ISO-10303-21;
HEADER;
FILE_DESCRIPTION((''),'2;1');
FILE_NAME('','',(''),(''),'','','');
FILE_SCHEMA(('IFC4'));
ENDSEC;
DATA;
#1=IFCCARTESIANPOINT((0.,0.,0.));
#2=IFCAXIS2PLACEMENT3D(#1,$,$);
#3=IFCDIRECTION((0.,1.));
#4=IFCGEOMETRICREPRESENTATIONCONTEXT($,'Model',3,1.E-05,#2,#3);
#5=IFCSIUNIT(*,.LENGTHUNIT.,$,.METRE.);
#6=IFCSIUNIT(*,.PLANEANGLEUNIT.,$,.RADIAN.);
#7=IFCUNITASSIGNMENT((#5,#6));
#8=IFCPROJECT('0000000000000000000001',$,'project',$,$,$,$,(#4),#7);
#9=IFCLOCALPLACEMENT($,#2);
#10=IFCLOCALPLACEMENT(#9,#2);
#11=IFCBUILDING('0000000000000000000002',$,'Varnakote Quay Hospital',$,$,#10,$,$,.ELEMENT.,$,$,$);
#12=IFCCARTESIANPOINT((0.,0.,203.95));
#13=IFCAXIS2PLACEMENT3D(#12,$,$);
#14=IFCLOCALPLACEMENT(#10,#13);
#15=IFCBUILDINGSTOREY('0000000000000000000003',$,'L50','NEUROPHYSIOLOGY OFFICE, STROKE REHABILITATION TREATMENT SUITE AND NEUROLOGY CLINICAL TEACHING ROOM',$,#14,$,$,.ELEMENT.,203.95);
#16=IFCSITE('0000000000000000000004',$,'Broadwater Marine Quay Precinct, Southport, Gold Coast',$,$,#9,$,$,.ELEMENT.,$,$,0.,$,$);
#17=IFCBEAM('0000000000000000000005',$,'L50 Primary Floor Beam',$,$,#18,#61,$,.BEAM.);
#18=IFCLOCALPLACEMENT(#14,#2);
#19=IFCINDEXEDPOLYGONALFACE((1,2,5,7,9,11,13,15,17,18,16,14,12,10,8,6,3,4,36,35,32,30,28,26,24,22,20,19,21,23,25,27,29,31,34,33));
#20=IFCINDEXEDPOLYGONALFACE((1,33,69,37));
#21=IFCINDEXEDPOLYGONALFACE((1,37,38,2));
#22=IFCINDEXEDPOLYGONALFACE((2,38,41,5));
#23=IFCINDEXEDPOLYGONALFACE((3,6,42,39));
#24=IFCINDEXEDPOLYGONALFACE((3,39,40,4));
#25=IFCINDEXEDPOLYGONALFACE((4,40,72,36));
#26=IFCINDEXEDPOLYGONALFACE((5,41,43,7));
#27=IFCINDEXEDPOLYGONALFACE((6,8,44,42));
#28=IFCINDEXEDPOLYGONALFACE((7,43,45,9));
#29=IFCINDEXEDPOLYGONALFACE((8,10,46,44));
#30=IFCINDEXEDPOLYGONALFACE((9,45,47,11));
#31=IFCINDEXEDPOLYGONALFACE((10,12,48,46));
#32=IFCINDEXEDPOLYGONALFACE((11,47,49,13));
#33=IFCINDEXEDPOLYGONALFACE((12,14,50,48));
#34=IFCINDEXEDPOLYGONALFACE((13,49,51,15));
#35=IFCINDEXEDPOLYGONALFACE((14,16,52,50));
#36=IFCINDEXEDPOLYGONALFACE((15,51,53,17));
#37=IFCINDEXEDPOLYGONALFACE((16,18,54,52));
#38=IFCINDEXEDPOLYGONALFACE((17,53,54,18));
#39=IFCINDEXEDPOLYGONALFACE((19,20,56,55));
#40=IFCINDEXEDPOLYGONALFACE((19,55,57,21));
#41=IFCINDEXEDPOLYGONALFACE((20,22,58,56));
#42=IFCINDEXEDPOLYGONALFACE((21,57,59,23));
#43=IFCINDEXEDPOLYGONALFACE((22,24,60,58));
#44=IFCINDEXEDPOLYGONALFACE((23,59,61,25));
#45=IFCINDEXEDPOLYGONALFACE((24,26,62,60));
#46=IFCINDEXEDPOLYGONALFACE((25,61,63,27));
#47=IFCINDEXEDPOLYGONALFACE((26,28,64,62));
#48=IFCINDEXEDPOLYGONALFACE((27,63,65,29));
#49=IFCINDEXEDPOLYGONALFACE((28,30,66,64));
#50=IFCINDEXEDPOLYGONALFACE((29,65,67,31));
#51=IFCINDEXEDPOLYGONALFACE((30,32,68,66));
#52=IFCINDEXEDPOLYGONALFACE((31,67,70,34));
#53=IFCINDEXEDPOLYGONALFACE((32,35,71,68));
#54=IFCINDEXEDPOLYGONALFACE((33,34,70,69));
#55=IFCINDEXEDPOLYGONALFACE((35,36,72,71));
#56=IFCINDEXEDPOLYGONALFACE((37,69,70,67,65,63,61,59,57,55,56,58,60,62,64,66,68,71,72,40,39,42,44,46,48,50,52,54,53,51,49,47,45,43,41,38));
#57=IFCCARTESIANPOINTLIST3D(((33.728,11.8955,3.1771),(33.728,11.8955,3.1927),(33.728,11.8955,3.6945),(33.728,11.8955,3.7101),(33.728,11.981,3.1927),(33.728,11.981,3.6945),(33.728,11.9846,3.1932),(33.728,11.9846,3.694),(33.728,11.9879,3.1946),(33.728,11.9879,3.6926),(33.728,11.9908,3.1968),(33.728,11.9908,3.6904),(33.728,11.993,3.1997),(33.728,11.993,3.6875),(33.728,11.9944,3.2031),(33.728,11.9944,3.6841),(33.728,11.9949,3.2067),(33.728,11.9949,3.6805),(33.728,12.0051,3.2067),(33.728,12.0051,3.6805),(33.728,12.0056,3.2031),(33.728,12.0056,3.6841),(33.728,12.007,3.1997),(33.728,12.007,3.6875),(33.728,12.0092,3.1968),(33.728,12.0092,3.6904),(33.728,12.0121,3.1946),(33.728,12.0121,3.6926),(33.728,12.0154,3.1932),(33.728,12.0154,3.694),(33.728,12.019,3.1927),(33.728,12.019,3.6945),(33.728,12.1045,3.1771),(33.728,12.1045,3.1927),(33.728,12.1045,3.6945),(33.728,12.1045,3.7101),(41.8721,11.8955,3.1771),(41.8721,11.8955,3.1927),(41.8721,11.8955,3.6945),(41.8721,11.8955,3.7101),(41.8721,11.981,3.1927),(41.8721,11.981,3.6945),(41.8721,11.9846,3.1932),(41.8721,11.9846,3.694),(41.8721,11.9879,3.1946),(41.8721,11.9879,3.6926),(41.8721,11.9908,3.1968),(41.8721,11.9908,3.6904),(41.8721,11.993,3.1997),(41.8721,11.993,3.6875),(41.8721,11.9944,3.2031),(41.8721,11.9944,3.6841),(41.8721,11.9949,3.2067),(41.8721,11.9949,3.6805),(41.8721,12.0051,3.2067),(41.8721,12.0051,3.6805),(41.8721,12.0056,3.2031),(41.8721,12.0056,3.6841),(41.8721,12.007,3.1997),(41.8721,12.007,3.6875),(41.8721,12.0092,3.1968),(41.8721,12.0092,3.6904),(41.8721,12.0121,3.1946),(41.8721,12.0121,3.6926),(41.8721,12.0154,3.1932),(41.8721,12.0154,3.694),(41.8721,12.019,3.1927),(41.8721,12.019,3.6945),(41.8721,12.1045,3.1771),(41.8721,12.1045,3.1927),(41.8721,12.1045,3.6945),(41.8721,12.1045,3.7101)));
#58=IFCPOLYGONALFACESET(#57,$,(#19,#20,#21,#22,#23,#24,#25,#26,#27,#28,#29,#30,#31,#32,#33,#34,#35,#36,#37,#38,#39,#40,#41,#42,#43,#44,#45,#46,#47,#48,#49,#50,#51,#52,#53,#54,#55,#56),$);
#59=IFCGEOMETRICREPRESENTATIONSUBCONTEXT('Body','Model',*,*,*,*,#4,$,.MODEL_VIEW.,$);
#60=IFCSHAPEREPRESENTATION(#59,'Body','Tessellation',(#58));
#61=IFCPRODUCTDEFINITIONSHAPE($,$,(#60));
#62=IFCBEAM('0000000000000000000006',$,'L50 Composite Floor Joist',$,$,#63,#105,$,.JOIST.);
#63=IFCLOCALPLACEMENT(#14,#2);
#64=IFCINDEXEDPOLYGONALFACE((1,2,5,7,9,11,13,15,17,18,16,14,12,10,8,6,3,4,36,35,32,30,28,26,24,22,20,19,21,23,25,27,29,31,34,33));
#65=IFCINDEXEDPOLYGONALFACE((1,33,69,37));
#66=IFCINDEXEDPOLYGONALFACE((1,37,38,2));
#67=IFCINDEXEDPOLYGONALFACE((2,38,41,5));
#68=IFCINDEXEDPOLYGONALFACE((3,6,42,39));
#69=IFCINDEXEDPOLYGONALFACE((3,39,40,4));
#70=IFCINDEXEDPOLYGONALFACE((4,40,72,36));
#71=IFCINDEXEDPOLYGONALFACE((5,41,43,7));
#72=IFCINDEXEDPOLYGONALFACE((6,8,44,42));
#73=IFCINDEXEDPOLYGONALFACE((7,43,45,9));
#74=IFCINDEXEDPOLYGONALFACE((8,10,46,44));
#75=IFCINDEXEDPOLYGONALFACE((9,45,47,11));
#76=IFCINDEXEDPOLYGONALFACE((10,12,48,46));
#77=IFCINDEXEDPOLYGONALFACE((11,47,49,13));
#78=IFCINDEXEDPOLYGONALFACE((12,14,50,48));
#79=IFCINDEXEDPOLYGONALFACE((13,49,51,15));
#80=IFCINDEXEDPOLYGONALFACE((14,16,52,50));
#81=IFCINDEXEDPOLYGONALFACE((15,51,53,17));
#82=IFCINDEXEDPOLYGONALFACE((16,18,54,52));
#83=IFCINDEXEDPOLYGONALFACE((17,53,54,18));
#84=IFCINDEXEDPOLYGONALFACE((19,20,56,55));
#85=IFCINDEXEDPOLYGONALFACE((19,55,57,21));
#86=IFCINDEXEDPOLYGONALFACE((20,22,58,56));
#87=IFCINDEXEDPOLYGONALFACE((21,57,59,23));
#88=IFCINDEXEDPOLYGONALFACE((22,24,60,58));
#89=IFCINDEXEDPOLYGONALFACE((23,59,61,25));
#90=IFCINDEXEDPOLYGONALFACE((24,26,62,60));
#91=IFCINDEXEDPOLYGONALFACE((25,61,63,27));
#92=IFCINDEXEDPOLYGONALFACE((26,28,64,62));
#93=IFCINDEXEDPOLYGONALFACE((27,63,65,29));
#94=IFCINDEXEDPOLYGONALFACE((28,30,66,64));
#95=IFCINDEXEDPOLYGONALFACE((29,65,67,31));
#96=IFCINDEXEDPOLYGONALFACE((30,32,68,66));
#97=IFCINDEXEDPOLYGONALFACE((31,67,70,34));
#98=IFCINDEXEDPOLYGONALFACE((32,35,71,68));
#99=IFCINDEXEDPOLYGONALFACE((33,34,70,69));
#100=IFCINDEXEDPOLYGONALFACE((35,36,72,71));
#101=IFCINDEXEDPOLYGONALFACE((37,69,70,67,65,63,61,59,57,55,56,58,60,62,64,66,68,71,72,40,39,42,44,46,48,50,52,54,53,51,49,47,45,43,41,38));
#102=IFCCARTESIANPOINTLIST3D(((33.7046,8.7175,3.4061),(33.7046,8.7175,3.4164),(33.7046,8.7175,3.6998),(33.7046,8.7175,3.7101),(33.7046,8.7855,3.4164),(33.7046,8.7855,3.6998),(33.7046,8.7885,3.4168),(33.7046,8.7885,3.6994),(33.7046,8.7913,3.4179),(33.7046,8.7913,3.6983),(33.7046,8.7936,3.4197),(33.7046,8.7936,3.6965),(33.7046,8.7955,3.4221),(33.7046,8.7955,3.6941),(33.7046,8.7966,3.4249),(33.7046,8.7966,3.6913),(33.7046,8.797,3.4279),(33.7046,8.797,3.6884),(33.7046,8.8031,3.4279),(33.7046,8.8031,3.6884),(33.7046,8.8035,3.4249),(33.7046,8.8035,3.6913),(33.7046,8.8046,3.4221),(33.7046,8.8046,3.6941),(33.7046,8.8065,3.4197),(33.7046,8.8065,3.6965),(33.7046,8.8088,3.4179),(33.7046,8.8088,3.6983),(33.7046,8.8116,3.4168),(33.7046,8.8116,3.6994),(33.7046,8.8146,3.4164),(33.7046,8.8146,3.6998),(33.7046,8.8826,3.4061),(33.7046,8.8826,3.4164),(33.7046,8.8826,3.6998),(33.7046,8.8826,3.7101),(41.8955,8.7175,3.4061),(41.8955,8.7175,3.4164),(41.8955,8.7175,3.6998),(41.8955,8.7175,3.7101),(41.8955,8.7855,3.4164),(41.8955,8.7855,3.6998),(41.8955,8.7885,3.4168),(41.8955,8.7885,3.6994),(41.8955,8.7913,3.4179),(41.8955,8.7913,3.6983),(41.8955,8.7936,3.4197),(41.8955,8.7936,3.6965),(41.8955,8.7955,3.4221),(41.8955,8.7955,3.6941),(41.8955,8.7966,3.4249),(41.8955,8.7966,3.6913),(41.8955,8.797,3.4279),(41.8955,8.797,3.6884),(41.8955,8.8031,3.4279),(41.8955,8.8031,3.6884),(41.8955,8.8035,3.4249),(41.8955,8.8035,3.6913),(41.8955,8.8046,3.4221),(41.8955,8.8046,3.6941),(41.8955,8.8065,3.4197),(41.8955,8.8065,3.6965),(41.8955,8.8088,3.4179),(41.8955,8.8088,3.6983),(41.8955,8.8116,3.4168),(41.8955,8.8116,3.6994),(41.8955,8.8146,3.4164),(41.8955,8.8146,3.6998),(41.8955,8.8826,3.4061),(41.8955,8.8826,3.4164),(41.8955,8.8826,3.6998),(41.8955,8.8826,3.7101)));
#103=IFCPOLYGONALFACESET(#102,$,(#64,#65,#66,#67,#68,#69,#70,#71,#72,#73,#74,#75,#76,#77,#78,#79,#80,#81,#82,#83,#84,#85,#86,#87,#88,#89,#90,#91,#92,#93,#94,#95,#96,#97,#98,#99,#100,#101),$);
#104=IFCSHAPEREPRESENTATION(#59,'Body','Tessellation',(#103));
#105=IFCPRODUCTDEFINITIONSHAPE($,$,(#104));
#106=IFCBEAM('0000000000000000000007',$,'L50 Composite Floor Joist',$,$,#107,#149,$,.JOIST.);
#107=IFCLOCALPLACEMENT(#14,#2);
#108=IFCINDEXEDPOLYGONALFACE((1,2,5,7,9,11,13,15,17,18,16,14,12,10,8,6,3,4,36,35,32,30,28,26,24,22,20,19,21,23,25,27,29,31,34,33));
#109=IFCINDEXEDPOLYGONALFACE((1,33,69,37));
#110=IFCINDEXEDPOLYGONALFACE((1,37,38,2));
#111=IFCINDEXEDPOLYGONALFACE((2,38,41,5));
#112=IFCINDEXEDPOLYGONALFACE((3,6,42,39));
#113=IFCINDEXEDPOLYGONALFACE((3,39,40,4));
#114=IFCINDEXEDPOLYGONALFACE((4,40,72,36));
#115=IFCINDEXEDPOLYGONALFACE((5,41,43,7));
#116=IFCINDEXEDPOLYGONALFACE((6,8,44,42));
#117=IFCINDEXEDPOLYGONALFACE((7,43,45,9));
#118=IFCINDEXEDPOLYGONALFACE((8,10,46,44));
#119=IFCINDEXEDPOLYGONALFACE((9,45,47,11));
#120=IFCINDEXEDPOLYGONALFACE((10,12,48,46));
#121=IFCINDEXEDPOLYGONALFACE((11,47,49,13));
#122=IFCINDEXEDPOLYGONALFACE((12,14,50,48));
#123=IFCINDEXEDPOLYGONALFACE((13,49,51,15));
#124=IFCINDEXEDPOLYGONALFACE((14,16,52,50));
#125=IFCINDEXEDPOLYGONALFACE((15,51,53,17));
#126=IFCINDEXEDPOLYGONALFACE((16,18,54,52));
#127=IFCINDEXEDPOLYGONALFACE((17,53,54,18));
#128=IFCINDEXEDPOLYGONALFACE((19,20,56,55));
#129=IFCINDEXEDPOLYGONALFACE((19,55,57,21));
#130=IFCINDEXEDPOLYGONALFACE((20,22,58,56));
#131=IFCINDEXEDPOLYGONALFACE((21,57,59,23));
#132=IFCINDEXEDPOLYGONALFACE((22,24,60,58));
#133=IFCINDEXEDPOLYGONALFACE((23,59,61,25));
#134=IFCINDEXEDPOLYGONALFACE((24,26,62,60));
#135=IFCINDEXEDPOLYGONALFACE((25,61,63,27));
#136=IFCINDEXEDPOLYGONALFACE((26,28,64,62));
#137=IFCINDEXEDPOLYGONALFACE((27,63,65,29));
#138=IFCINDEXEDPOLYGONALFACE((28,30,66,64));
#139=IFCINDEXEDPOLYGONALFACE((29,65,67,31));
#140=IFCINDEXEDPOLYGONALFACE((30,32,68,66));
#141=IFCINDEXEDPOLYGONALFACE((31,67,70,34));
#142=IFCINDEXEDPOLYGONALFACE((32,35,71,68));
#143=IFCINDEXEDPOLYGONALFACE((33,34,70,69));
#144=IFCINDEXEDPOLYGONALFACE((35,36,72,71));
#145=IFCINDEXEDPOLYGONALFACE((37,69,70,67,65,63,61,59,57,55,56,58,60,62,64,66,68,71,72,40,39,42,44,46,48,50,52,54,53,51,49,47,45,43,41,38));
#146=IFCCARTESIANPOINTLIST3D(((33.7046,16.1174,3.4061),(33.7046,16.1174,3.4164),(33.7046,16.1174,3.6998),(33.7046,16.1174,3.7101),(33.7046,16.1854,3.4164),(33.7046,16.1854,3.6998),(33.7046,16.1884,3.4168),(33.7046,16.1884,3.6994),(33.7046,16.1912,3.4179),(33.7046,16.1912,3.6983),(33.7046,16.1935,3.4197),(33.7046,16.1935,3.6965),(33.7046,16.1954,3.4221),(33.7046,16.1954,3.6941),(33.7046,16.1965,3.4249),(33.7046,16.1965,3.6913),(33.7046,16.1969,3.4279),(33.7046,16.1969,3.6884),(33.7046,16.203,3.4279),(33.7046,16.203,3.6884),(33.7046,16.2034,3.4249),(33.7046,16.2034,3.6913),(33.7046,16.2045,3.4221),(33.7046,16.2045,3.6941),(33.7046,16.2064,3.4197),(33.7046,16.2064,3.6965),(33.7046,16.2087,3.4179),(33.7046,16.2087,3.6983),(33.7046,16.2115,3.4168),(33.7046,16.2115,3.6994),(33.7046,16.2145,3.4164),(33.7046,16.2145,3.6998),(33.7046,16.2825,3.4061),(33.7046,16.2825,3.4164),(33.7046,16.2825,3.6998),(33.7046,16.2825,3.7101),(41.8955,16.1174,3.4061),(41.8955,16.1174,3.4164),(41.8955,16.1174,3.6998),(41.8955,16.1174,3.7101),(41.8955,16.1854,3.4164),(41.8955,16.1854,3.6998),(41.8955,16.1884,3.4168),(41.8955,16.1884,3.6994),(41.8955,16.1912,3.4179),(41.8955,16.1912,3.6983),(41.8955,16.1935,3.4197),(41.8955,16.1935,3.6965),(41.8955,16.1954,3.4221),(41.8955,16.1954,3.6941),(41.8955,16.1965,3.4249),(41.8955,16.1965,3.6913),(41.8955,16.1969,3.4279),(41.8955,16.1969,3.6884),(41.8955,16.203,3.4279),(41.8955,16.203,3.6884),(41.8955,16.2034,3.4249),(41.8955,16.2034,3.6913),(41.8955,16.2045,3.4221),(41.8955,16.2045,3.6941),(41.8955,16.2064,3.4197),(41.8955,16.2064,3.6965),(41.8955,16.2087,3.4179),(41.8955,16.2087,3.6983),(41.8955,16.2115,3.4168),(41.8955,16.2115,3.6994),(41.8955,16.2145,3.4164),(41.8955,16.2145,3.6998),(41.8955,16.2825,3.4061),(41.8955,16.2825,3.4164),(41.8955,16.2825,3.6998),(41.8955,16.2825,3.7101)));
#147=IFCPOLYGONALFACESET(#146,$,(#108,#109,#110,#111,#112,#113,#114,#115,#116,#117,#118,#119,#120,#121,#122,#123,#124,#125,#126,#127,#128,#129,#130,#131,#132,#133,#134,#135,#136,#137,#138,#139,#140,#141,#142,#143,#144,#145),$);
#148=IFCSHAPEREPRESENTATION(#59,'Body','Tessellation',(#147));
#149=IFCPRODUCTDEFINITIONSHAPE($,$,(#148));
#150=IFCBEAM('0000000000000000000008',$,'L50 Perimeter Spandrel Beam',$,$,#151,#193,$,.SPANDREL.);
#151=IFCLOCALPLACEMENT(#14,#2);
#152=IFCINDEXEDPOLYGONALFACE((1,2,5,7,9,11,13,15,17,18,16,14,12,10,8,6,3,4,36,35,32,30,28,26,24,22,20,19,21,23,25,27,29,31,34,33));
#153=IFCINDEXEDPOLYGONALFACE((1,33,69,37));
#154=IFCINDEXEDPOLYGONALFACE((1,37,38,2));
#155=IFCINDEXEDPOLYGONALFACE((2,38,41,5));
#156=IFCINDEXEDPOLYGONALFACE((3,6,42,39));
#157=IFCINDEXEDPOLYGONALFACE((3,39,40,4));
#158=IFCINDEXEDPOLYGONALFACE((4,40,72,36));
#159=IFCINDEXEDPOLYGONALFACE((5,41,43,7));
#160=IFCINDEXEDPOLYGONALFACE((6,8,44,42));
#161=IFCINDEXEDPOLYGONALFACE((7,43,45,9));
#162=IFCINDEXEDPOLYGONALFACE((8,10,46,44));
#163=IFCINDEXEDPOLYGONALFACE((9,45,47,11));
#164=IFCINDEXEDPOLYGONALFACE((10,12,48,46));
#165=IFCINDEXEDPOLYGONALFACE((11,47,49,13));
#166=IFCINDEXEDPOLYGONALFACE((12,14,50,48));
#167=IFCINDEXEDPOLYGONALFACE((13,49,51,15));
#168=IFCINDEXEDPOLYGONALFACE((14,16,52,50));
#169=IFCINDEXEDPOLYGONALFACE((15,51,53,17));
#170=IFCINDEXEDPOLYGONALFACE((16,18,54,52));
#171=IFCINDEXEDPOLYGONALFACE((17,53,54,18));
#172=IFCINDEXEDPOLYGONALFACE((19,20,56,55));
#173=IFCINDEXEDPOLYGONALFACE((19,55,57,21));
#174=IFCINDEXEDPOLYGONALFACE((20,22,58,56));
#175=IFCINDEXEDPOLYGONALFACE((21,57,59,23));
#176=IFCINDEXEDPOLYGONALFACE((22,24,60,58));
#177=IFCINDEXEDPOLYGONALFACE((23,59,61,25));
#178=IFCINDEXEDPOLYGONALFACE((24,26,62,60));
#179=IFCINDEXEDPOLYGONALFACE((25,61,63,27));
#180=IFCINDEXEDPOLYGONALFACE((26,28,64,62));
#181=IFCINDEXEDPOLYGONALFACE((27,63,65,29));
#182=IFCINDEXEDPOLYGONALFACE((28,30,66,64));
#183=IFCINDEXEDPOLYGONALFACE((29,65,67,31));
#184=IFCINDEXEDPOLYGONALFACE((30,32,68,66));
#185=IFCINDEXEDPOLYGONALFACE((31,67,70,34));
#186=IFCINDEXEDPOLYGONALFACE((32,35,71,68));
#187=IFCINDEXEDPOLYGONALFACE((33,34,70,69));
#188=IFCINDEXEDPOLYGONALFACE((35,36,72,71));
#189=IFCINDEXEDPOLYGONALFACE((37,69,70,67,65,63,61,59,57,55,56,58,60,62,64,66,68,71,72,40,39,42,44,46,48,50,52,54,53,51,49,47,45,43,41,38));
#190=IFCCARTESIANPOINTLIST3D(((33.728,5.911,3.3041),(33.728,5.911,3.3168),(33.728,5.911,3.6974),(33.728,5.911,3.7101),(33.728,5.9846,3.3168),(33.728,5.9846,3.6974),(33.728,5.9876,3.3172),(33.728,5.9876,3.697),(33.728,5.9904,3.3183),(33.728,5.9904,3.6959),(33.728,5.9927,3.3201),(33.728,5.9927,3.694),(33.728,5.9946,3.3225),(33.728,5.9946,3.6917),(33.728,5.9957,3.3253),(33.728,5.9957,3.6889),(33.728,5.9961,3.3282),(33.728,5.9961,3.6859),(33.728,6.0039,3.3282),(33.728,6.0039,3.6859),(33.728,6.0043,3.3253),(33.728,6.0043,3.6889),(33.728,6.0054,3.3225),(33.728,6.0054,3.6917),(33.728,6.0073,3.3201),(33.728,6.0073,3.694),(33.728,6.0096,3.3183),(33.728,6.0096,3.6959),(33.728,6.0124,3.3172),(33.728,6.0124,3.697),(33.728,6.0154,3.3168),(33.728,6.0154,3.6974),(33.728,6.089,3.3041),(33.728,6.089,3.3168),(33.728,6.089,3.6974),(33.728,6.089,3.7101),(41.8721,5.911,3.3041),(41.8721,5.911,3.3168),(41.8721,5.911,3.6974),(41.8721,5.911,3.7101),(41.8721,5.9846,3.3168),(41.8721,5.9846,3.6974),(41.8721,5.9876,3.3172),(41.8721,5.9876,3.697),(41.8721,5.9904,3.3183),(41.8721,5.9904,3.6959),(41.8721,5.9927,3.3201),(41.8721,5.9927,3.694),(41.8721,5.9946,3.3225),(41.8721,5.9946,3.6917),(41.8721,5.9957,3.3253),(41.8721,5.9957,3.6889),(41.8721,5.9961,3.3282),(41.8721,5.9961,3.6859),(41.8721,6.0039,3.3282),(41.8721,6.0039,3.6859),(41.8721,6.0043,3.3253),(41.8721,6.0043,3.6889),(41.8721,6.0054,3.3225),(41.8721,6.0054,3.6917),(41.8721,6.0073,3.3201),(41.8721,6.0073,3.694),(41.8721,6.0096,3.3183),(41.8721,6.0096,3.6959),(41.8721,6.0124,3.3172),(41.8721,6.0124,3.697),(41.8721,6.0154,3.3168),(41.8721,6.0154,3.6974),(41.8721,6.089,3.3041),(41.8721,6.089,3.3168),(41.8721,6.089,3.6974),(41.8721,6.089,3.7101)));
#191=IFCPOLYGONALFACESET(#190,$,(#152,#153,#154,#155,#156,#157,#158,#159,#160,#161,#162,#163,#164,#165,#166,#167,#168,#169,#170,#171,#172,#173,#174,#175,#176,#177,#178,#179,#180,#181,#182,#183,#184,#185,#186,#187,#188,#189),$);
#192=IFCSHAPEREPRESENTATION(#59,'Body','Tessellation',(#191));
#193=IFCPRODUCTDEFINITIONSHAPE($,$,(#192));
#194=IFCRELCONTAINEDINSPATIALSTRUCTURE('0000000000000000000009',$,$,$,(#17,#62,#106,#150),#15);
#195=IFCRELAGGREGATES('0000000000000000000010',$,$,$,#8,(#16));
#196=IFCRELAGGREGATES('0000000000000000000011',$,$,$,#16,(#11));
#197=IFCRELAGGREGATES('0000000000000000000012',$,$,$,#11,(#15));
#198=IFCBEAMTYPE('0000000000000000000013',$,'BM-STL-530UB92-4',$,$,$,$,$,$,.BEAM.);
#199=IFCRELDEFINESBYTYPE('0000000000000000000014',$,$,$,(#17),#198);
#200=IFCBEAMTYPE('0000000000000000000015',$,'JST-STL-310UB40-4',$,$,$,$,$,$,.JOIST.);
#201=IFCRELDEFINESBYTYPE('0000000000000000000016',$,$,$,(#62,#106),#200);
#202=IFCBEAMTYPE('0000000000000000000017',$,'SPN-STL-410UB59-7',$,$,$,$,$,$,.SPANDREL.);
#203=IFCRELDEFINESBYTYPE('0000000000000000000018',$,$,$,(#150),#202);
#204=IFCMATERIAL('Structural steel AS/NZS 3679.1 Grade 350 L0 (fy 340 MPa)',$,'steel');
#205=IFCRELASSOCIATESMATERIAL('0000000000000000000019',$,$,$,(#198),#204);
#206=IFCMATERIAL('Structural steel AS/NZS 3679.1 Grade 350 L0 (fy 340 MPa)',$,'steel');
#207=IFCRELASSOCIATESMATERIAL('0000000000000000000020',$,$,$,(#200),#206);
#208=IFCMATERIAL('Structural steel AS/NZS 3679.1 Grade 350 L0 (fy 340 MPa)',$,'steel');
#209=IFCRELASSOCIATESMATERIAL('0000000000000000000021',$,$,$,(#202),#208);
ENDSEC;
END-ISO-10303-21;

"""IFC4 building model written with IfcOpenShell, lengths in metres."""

from ifc_helpers import new_model, si_unit, direction, frame, origin, origin_2d, place, context, subcontext, project, spatial, i_section, extrude, material, material_profile, profile_set, type_object, element, save


model = new_model("IFC4")

# Units and contexts
model_context = context("Model", 3, precision=1e-05, world=origin(), true_north=direction((0.0, 1.0)))
body_context = subcontext(model_context, "Body", "Model", "MODEL_VIEW")
ifc_project = project(units=[si_unit("LENGTHUNIT", "METRE"), si_unit("PLANEANGLEUNIT", "RADIAN")], contexts=[model_context])

# Site, building, storey
site_placement = place(None, origin())
site = spatial("IfcSite", under=ifc_project, at=site_placement, Name="Broadwater Marine Quay Precinct, Southport, Gold Coast", CompositionType="ELEMENT", RefElevation=0.0)
building_placement = place(site_placement, origin())
building = spatial("IfcBuilding", under=site, at=building_placement, Name="Varnakote Quay Hospital", CompositionType="ELEMENT")
storey_placement = place(building_placement, frame((0.0, 0.0, 203.95)))
storey = spatial("IfcBuildingStorey", under=building, at=storey_placement, Name="L50", Description="NEUROPHYSIOLOGY OFFICE, STROKE REHABILITATION TREATMENT SUITE AND NEUROLOGY CLINICAL TEACHING ROOM", CompositionType="ELEMENT", Elevation=203.95)

# Beams
ifc_material_1 = material(Name="Structural steel AS/NZS 3679.1 Grade 350 L0 (fy 340 MPa)", Category="steel")
ifc_material_profile_1 = material_profile(ifc_material_1, i_section(OverallWidth=0.209, OverallDepth=0.533, WebThickness=0.0103, FlangeThickness=0.0156, FilletRadius=0.0139, at=origin_2d()), Name="530UB92.4")
ifc_profile_set_1 = profile_set([ifc_material_profile_1], Name="Structural steel AS/NZS 3679.1 Grade 350 L0 (fy 340 MPa)")
beam_type_1 = type_object("IfcBeamType", Name="BM-STL-530UB92-4", PredefinedType="BEAM", material=ifc_profile_set_1)
beam_1_placement = place(storey_placement, frame((33.728, 12.0, 3.4436), z_axis=(1.0, 0.0, 0.0), x_axis=(0.0, 1.0, 0.0)))
element("IfcBeam", 1, at=beam_1_placement, inside=storey, type_object=beam_type_1, Name="L50 Primary Floor Beam", PredefinedType="BEAM", context=body_context, shape_type="SweptSolid", body=[
    extrude(i_section(OverallWidth=0.209, OverallDepth=0.533, WebThickness=0.0103, FlangeThickness=0.0156, FilletRadius=0.0139, at=origin_2d()), origin(), (0.0, 0.0, 1.0), 8.144),
])
ifc_material_2 = material(Name="Structural steel AS/NZS 3679.1 Grade 350 L0 (fy 340 MPa)", Category="steel")
ifc_material_profile_2 = material_profile(ifc_material_2, i_section(OverallWidth=0.165, OverallDepth=0.304, WebThickness=0.0061, FlangeThickness=0.0103, FilletRadius=0.0115, at=origin_2d()), Name="310UB40.4")
ifc_profile_set_2 = profile_set([ifc_material_profile_2], Name="Structural steel AS/NZS 3679.1 Grade 350 L0 (fy 340 MPa)")
beam_type_2 = type_object("IfcBeamType", Name="JST-STL-310UB40-4", PredefinedType="JOIST", material=ifc_profile_set_2)
for number, where, z_axis, x_axis, name in (
    (2, (33.7046, 8.8, 3.5581), (1.0, 0.0, 0.0), (0.0, 1.0, 0.0), "L50 Composite Floor Joist"),
    (3, (33.7046, 16.2, 3.5581), (1.0, 0.0, 0.0), (0.0, 1.0, 0.0), "L50 Composite Floor Joist"),
):
    element("IfcBeam", number, at=place(storey_placement, frame(where, z_axis=z_axis, x_axis=x_axis)), inside=storey, type_object=beam_type_2, Name=name, PredefinedType="JOIST", context=body_context, shape_type="SweptSolid", body=[
        extrude(i_section(OverallWidth=0.165, OverallDepth=0.304, WebThickness=0.0061, FlangeThickness=0.0103, FilletRadius=0.0115, at=origin_2d()), origin(), (0.0, 0.0, 1.0), 8.1909),
    ])
ifc_material_3 = material(Name="Structural steel AS/NZS 3679.1 Grade 350 L0 (fy 340 MPa)", Category="steel")
ifc_material_profile_3 = material_profile(ifc_material_3, i_section(OverallWidth=0.178, OverallDepth=0.406, WebThickness=0.0078, FlangeThickness=0.0127, FilletRadius=0.0115, at=origin_2d()), Name="410UB59.7")
ifc_profile_set_3 = profile_set([ifc_material_profile_3], Name="Structural steel AS/NZS 3679.1 Grade 350 L0 (fy 340 MPa)")
beam_type_3 = type_object("IfcBeamType", Name="SPN-STL-410UB59-7", PredefinedType="SPANDREL", material=ifc_profile_set_3)
beam_2_placement = place(storey_placement, frame((33.728, 6.0, 3.5071), z_axis=(1.0, 0.0, 0.0), x_axis=(0.0, 1.0, 0.0)))
element("IfcBeam", 4, at=beam_2_placement, inside=storey, type_object=beam_type_3, Name="L50 Perimeter Spandrel Beam", PredefinedType="SPANDREL", context=body_context, shape_type="SweptSolid", body=[
    extrude(i_section(OverallWidth=0.178, OverallDepth=0.406, WebThickness=0.0078, FlangeThickness=0.0127, FilletRadius=0.0115, at=origin_2d()), origin(), (0.0, 0.0, 1.0), 8.144),
])

save(model, "model.ifc")
